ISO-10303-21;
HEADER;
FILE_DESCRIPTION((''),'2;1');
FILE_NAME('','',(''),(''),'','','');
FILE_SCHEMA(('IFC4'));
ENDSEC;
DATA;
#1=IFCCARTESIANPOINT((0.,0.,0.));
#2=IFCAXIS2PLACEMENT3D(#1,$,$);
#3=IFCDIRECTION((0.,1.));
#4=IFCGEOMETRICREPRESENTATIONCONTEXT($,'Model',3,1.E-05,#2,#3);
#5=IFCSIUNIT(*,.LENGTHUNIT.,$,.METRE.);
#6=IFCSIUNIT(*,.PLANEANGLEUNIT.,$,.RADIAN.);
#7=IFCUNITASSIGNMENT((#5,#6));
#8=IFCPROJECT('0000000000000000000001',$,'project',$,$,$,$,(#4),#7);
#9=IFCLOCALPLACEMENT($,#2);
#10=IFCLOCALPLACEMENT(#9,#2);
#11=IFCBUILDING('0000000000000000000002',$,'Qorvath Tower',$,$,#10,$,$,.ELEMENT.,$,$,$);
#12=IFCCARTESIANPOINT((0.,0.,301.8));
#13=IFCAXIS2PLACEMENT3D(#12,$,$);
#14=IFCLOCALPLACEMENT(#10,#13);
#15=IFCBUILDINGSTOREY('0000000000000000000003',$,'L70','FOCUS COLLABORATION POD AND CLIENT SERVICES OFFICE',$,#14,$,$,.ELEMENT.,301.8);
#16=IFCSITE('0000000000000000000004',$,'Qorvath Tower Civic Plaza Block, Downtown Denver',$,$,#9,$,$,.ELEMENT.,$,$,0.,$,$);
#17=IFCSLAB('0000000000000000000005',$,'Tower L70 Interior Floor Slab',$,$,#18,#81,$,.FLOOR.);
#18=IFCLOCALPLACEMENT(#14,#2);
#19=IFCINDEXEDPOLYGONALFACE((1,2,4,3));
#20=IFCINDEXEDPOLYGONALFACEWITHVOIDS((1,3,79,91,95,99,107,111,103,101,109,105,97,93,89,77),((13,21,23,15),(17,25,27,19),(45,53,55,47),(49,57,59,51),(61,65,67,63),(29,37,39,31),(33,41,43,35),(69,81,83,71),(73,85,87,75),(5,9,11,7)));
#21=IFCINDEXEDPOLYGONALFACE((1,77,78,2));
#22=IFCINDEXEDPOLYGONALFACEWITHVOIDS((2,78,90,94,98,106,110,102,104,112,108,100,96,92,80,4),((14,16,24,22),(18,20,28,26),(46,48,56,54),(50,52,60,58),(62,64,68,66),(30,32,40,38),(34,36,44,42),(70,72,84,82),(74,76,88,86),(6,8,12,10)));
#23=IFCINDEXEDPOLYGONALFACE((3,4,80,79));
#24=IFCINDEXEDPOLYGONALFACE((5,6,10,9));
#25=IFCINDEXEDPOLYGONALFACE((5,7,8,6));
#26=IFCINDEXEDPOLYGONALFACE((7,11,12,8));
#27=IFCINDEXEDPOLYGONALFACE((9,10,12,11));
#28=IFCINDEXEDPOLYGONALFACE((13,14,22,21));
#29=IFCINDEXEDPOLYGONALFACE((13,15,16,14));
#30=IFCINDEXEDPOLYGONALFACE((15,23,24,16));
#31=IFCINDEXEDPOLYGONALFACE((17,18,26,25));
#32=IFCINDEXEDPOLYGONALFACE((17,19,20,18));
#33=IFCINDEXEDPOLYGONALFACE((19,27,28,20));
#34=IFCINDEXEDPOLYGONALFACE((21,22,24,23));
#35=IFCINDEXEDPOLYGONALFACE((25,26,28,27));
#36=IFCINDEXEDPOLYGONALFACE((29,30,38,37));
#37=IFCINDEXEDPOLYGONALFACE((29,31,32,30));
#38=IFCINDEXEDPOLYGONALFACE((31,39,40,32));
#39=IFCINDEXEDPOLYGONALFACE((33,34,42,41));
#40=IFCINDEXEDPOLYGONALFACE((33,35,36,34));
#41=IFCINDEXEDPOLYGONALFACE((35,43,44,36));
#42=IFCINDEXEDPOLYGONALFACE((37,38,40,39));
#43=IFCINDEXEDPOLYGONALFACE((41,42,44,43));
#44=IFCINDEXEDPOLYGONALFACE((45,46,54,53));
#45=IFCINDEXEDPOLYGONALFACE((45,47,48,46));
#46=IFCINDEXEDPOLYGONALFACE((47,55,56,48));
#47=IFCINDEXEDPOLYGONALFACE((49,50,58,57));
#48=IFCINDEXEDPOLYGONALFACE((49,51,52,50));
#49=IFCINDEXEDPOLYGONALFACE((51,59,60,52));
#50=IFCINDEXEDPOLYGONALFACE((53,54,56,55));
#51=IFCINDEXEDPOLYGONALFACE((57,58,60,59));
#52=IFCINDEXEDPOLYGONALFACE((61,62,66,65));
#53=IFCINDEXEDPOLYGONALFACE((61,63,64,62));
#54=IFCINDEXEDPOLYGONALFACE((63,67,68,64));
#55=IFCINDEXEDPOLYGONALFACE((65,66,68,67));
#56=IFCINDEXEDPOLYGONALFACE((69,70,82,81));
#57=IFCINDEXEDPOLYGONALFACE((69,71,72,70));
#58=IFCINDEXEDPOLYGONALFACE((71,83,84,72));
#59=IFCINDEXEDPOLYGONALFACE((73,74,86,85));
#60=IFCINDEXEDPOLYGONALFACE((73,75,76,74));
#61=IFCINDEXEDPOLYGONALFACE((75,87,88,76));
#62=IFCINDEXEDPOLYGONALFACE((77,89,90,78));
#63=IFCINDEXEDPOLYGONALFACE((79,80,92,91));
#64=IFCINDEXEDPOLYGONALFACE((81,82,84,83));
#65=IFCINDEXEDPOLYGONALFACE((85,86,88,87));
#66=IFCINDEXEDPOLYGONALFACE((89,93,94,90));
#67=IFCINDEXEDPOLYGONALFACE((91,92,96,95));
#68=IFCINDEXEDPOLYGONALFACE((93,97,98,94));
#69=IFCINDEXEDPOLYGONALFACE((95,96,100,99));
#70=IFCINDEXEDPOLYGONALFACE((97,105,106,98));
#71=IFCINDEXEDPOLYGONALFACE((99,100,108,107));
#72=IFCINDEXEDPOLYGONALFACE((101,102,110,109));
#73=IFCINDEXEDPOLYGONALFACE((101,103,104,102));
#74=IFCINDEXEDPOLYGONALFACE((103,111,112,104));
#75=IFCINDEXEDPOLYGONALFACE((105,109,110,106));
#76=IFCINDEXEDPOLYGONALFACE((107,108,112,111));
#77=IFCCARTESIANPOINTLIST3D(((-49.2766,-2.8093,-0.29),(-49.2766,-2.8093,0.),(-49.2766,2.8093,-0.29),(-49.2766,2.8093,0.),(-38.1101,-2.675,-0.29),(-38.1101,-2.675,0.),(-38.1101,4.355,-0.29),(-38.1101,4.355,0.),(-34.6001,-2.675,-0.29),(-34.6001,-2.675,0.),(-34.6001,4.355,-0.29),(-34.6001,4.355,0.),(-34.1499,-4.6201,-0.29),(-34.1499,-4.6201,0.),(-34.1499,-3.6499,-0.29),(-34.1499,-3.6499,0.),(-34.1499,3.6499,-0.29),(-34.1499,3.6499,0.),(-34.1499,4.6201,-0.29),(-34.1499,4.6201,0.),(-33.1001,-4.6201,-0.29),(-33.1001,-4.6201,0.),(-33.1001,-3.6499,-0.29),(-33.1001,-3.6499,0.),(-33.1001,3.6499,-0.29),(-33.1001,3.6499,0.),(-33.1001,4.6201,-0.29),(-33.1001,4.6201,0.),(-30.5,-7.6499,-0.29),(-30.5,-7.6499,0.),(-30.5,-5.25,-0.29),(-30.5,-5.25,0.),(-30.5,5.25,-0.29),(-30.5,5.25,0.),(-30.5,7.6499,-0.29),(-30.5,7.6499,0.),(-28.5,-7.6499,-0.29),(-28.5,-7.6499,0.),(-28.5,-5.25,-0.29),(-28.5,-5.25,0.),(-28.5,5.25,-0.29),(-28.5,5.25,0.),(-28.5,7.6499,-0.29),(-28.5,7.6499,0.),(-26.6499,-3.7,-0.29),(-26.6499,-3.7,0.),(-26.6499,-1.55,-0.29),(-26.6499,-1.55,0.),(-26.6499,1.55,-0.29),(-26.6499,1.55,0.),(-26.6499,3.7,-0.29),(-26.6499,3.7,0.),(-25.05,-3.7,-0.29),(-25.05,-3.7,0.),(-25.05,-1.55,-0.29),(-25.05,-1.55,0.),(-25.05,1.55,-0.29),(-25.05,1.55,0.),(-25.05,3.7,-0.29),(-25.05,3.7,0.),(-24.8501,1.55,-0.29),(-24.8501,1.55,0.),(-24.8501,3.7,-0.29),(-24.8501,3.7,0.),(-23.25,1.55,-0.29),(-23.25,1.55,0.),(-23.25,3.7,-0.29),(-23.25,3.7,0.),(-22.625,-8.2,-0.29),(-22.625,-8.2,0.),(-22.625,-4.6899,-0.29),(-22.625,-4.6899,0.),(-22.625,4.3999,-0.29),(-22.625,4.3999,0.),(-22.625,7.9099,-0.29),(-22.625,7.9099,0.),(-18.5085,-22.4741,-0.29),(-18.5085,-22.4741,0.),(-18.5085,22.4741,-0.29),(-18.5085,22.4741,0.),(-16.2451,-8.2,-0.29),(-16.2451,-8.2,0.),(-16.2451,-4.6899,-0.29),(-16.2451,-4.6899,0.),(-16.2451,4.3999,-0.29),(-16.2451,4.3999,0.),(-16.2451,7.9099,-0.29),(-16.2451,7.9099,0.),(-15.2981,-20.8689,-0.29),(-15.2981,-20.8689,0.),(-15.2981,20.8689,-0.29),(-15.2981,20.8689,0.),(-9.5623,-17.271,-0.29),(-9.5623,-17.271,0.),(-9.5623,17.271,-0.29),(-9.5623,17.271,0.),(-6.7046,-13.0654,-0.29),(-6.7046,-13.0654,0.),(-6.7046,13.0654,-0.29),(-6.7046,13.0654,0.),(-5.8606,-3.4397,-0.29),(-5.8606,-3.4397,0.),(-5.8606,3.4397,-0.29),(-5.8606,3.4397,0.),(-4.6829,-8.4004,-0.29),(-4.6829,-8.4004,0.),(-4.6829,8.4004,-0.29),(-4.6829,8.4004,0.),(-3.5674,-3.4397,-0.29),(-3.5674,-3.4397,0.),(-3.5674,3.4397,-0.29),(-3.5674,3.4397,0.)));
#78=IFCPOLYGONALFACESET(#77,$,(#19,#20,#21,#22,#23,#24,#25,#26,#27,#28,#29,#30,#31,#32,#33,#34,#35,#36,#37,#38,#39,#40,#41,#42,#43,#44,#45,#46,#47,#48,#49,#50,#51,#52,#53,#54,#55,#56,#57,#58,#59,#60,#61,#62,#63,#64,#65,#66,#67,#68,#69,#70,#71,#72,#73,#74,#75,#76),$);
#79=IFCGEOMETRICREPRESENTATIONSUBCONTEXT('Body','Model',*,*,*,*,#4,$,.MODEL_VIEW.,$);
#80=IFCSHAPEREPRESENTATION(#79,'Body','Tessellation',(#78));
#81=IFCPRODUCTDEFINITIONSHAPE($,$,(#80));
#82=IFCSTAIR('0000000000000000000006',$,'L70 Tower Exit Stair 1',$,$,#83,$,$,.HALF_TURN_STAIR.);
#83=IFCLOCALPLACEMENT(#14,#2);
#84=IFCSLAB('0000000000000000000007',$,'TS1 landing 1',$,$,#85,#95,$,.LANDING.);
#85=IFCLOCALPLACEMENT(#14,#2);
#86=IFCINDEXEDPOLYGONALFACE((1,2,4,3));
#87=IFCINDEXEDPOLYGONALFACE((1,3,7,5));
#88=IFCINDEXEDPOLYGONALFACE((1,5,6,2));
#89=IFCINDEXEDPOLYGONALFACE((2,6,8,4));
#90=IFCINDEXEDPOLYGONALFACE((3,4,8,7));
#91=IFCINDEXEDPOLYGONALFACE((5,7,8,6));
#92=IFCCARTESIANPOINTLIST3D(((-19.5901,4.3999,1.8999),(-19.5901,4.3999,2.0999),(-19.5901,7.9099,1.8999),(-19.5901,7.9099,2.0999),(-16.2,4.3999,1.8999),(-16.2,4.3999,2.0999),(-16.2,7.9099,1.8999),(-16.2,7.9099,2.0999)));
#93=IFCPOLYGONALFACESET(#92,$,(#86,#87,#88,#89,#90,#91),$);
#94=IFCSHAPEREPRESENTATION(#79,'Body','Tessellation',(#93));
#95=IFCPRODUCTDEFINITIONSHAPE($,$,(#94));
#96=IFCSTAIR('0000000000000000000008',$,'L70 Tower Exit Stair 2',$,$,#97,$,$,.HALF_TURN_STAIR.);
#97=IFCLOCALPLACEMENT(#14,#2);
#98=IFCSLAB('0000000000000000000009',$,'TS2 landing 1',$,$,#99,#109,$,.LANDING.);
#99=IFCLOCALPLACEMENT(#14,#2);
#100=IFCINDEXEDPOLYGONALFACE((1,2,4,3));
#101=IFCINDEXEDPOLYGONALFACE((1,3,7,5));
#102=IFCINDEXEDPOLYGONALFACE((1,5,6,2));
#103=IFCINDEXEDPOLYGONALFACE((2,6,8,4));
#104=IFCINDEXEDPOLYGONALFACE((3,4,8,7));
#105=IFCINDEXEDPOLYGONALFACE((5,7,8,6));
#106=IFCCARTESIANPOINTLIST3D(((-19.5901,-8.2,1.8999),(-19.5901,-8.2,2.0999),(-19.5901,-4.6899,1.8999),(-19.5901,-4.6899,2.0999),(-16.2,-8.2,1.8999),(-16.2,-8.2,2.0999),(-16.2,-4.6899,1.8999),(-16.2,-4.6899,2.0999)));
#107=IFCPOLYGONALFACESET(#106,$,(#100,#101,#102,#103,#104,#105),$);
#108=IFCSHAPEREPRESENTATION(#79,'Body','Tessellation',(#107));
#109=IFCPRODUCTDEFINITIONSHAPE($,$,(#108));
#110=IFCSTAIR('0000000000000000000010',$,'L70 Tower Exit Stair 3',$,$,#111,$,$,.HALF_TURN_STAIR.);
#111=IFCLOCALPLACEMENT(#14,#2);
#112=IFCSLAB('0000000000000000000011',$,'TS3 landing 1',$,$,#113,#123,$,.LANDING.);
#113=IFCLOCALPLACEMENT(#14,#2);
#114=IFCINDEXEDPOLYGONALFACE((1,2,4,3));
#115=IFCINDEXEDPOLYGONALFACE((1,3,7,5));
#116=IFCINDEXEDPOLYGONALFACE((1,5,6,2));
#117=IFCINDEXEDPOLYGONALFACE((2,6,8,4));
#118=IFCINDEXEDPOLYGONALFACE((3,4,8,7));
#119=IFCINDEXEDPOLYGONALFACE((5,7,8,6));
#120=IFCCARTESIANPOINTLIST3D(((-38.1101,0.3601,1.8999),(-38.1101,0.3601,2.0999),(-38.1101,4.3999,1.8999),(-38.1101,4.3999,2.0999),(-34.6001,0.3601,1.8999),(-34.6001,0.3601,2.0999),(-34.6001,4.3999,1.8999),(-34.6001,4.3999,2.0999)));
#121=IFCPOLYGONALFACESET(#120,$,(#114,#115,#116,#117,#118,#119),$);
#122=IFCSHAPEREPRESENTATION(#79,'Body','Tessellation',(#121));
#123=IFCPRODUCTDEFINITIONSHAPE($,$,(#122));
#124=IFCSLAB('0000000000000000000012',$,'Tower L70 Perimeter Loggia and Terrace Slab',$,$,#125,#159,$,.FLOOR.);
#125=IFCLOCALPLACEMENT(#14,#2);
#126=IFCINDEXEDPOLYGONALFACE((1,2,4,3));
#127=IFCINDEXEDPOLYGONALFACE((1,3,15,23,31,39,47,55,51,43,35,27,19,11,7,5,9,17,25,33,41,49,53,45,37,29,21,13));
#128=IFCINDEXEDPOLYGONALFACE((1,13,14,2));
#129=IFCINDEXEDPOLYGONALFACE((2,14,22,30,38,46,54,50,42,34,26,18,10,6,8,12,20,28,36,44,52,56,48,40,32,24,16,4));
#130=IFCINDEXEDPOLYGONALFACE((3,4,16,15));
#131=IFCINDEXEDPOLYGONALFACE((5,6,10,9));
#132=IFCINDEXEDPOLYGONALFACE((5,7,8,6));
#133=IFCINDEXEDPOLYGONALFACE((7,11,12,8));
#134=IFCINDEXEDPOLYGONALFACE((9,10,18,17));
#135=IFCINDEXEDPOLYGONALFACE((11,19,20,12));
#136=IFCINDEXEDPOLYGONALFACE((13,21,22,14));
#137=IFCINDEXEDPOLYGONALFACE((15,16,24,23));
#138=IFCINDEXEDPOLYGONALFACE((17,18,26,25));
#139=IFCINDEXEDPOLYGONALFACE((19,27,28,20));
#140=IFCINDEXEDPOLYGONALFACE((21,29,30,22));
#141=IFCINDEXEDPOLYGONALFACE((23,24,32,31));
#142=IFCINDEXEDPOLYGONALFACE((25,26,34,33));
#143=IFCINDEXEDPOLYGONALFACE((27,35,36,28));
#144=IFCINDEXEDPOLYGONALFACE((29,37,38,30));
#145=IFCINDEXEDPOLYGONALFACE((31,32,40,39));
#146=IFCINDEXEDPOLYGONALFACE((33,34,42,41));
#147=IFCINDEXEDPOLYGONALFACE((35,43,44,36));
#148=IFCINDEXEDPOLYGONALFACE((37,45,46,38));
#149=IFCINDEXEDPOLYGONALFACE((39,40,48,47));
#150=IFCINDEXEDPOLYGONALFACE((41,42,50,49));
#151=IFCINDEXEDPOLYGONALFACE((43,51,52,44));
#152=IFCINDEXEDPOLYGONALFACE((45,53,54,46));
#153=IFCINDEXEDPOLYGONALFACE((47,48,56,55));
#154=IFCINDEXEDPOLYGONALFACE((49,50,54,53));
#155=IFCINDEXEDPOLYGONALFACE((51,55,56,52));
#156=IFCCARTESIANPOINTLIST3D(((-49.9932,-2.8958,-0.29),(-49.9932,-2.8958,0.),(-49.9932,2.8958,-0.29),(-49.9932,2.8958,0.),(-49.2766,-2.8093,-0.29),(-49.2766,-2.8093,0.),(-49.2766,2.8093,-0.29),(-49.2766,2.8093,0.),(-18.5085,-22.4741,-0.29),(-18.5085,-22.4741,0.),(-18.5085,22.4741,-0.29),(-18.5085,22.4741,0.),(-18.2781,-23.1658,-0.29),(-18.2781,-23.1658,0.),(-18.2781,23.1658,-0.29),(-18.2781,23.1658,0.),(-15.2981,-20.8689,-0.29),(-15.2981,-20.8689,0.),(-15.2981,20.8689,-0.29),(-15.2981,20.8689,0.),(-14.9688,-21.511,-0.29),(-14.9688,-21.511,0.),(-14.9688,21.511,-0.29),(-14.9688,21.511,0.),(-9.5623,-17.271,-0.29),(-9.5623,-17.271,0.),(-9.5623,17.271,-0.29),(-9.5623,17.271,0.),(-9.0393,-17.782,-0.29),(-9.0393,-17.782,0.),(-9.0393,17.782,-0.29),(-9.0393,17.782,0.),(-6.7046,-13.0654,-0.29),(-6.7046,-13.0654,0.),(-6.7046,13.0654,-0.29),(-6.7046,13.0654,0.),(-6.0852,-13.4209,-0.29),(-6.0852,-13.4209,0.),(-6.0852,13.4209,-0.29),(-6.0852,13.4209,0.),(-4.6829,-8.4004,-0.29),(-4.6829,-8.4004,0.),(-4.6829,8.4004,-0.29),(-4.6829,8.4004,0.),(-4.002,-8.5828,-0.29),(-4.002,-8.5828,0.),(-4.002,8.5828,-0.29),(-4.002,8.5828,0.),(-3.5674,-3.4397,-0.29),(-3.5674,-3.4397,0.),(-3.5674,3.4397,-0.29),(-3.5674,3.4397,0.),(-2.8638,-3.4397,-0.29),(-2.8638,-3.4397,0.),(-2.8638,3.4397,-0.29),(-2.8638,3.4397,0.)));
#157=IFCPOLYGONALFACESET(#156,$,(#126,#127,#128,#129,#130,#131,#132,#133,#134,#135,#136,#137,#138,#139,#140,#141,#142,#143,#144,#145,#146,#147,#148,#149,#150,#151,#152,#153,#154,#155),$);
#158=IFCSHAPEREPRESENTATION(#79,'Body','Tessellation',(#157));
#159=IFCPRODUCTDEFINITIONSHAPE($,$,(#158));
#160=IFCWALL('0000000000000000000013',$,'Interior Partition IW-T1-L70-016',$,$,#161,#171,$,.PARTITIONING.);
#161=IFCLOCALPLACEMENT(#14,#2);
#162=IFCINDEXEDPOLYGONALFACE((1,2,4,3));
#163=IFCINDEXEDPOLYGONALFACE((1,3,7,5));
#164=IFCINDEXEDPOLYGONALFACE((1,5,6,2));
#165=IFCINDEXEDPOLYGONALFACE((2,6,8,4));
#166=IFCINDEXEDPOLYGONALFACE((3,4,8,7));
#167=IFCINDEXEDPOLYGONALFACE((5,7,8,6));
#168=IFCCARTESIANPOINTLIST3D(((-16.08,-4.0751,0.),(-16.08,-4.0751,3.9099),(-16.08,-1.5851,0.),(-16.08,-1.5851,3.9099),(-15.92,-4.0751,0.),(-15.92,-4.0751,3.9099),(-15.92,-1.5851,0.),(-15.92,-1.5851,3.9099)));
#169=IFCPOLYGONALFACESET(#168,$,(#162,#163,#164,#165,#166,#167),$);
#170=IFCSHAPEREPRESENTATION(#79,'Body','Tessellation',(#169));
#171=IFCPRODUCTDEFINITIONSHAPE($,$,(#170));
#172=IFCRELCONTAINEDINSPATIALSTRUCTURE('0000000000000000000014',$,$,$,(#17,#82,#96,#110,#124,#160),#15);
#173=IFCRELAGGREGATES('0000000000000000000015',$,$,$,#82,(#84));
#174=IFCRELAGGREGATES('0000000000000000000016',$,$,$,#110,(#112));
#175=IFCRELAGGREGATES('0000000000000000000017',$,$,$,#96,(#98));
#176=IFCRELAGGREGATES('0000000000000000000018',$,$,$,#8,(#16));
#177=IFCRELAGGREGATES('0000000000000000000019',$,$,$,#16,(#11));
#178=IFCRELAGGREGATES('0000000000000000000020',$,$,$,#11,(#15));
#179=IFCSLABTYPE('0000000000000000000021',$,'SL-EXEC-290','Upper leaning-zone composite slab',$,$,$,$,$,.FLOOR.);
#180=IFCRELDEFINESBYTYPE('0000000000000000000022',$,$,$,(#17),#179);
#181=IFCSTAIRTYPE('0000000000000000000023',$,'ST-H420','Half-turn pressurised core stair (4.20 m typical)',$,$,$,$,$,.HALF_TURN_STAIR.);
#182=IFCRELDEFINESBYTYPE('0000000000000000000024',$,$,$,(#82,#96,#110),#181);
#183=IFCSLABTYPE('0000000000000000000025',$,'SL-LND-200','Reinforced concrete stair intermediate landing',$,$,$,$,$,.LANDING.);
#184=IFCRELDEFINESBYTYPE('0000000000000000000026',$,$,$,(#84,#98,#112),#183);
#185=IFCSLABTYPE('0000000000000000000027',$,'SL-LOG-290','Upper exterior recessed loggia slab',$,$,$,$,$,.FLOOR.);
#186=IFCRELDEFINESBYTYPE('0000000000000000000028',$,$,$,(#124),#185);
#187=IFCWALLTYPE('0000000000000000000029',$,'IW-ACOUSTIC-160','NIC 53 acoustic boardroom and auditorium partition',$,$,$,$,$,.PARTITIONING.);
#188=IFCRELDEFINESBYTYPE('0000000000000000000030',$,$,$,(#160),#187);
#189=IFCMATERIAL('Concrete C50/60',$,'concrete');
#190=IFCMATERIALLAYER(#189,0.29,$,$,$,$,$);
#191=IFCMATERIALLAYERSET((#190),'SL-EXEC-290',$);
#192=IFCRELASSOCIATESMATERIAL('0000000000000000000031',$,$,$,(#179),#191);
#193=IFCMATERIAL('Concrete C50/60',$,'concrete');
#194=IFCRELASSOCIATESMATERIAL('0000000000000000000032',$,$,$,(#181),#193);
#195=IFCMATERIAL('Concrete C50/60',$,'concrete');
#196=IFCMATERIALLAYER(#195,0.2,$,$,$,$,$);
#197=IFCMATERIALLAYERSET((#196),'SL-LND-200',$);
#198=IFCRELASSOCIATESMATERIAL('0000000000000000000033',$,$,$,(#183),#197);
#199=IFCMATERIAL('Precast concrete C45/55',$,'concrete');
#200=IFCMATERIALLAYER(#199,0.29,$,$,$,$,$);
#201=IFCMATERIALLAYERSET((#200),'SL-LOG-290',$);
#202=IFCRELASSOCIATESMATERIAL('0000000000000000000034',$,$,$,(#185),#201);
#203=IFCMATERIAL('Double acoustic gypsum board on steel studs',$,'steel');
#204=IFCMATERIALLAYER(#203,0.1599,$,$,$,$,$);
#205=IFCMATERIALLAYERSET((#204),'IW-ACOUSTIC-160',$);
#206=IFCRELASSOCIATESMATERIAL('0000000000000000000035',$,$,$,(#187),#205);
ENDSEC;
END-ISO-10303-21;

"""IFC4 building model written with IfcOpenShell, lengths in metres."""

from ifc_helpers import new_model, si_unit, direction, frame, frame_2d, origin, place, context, subcontext, project, spatial, polyline, rectangle, outline, extrude, material, layer, layer_set, type_object, element, aggregate, save


model = new_model("IFC4")

# Units and contexts
model_context = context("Model", 3, precision=1e-05, world=origin(), true_north=direction((0.0, 1.0)))
body_context = subcontext(model_context, "Body", "Model", "MODEL_VIEW")
ifc_project = project(units=[si_unit("LENGTHUNIT", "METRE"), si_unit("PLANEANGLEUNIT", "RADIAN")], contexts=[model_context])

# Site, building, storey
site_placement = place(None, origin())
site = spatial("IfcSite", under=ifc_project, at=site_placement, Name="Qorvath Tower Civic Plaza Block, Downtown Denver", CompositionType="ELEMENT", RefElevation=0.0)
building_placement = place(site_placement, origin())
building = spatial("IfcBuilding", under=site, at=building_placement, Name="Qorvath Tower", CompositionType="ELEMENT")
storey_placement = place(building_placement, frame((0.0, 0.0, 301.8)))
storey = spatial("IfcBuildingStorey", under=building, at=storey_placement, Name="L70", Description="FOCUS COLLABORATION POD AND CLIENT SERVICES OFFICE", CompositionType="ELEMENT", Elevation=301.8)

# Slab
ifc_material_1 = material(Name="Concrete C50/60", Category="concrete")
ifc_layer_1 = layer(ifc_material_1, 0.29)
ifc_layer_set_1 = layer_set([ifc_layer_1], Name="SL-EXEC-290")
slab_type_1 = type_object("IfcSlabType", Name="SL-EXEC-290", Description="Upper leaning-zone composite slab", PredefinedType="FLOOR", material=ifc_layer_set_1)
slab_1_placement = place(storey_placement, frame((0.0, 0.0, -0.29)))
element("IfcSlab", 1, at=slab_1_placement, inside=storey, type_object=slab_type_1, Name="Tower L70 Interior Floor Slab", PredefinedType="FLOOR", context=body_context, shape_type="SweptSolid", body=[
    extrude(outline(polyline([(-49.2766, 2.8093), (-49.2766, -2.8093), (-18.5085, -22.4741), (-15.2981, -20.8689), (-9.5623, -17.271), (-6.7046, -13.0654), (-4.6829, -8.4004), (-3.5674, -3.4397), (-5.8606, -3.4397), (-5.8606, 3.4397), (-3.5674, 3.4397), (-4.6829, 8.4004), (-6.7046, 13.0654), (-9.5623, 17.271), (-15.2981, 20.8689), (-18.5085, 22.4741), (-49.2766, 2.8093)]), holes=[polyline([(-16.2451, -8.2), (-22.625, -8.2), (-22.625, -4.6899), (-16.2451, -4.6899), (-16.2451, -8.2)]), polyline([(-22.625, 4.3999), (-22.625, 7.9099), (-16.2451, 7.9099), (-16.2451, 4.3999), (-22.625, 4.3999)]), polyline([(-23.25, 1.55), (-24.8501, 1.55), (-24.8501, 3.7), (-23.25, 3.7), (-23.25, 1.55)]), polyline([(-26.6499, -3.7), (-26.6499, -1.55), (-25.05, -1.55), (-25.05, -3.7), (-26.6499, -3.7)]), polyline([(-25.05, 1.55), (-26.6499, 1.55), (-26.6499, 3.7), (-25.05, 3.7), (-25.05, 1.55)]), polyline([(-28.5, -7.6499), (-30.5, -7.6499), (-30.5, -5.25), (-28.5, -5.25), (-28.5, -7.6499)]), polyline([(-30.5, 5.25), (-30.5, 7.6499), (-28.5, 7.6499), (-28.5, 5.25), (-30.5, 5.25)]), polyline([(-33.1001, -4.6201), (-34.1499, -4.6201), (-34.1499, -3.6499), (-33.1001, -3.6499), (-33.1001, -4.6201)]), polyline([(-33.1001, 3.6499), (-34.1499, 3.6499), (-34.1499, 4.6201), (-33.1001, 4.6201), (-33.1001, 3.6499)]), polyline([(-34.6001, -2.675), (-38.1101, -2.675), (-38.1101, 4.355), (-34.6001, 4.355), (-34.6001, -2.675)])]), origin(), (0.0, 0.0, 1.0), 0.29),
])

# Stairs, slabs
ifc_material_2 = material(Name="Concrete C50/60", Category="concrete")
stair_type = type_object("IfcStairType", Name="ST-H420", Description="Half-turn pressurised core stair (4.20 m typical)", PredefinedType="HALF_TURN_STAIR", material=ifc_material_2)
stair_1_placement = place(storey_placement, origin())
stair_1 = element("IfcStair", 2, at=stair_1_placement, inside=storey, type_object=stair_type, Name="L70 Tower Exit Stair 1", PredefinedType="HALF_TURN_STAIR")
ifc_material_3 = material(Name="Concrete C50/60", Category="concrete")
ifc_layer_2 = layer(ifc_material_3, 0.2)
ifc_layer_set_2 = layer_set([ifc_layer_2], Name="SL-LND-200")
slab_type_2 = type_object("IfcSlabType", Name="SL-LND-200", Description="Reinforced concrete stair intermediate landing", PredefinedType="LANDING", material=ifc_layer_set_2)
slab_2_placement = place(storey_placement, frame((0.0, 0.0, 1.8999)))
slab_2 = element("IfcSlab", 3, at=slab_2_placement, type_object=slab_type_2, Name="TS1 landing 1", PredefinedType="LANDING", context=body_context, shape_type="SweptSolid", body=[
    extrude(outline(polyline([(-19.5901, 4.3999), (-16.2, 4.3999), (-16.2, 7.9099), (-19.5901, 7.9099), (-19.5901, 4.3999)])), origin(), (0.0, 0.0, 1.0), 0.2),
])
aggregate(stair_1, [slab_2])
stair_2_placement = place(storey_placement, origin())
stair_2 = element("IfcStair", 4, at=stair_2_placement, inside=storey, type_object=stair_type, Name="L70 Tower Exit Stair 2", PredefinedType="HALF_TURN_STAIR")
slab_3_placement = place(storey_placement, frame((0.0, 0.0, 1.8999)))
slab_3 = element("IfcSlab", 5, at=slab_3_placement, type_object=slab_type_2, Name="TS2 landing 1", PredefinedType="LANDING", context=body_context, shape_type="SweptSolid", body=[
    extrude(outline(polyline([(-19.5901, -8.2), (-16.2, -8.2), (-16.2, -4.6899), (-19.5901, -4.6899), (-19.5901, -8.2)])), origin(), (0.0, 0.0, 1.0), 0.2),
])
stair_3_placement = place(storey_placement, origin())
stair_3 = element("IfcStair", 6, at=stair_3_placement, inside=storey, type_object=stair_type, Name="L70 Tower Exit Stair 3", PredefinedType="HALF_TURN_STAIR")
slab_4_placement = place(storey_placement, frame((0.0, 0.0, 1.8999)))
slab_4 = element("IfcSlab", 7, at=slab_4_placement, type_object=slab_type_2, Name="TS3 landing 1", PredefinedType="LANDING", context=body_context, shape_type="SweptSolid", body=[
    extrude(outline(polyline([(-34.6001, 0.3601), (-34.6001, 4.3999), (-38.1101, 4.3999), (-38.1101, 0.3601), (-34.6001, 0.3601)])), origin(), (0.0, 0.0, 1.0), 0.2),
])
aggregate(stair_3, [slab_4])

# Slab
ifc_material_4 = material(Name="Precast concrete C45/55", Category="concrete")
ifc_layer_3 = layer(ifc_material_4, 0.29)
ifc_layer_set_3 = layer_set([ifc_layer_3], Name="SL-LOG-290")
slab_type_3 = type_object("IfcSlabType", Name="SL-LOG-290", Description="Upper exterior recessed loggia slab", PredefinedType="FLOOR", material=ifc_layer_set_3)
slab_5_placement = place(storey_placement, frame((0.0, 0.0, -0.29)))
element("IfcSlab", 8, at=slab_5_placement, inside=storey, type_object=slab_type_3, Name="Tower L70 Perimeter Loggia and Terrace Slab", PredefinedType="FLOOR", context=body_context, shape_type="SweptSolid", body=[
    extrude(outline(polyline([(-3.5674, -3.4397), (-4.6829, -8.4004), (-6.7046, -13.0654), (-9.5623, -17.271), (-15.2981, -20.8689), (-18.5085, -22.4741), (-49.2766, -2.8093), (-49.2766, 2.8093), (-18.5085, 22.4741), (-15.2981, 20.8689), (-9.5623, 17.271), (-6.7046, 13.0654), (-4.6829, 8.4004), (-3.5674, 3.4397), (-2.8638, 3.4397), (-4.002, 8.5828), (-6.0852, 13.4209), (-9.0393, 17.782), (-14.9688, 21.511), (-18.2781, 23.1658), (-49.9932, 2.8958), (-49.9932, -2.8958), (-18.2781, -23.1658), (-14.9688, -21.511), (-9.0393, -17.782), (-6.0852, -13.4209), (-4.002, -8.5828), (-2.8638, -3.4397), (-3.5674, -3.4397)])), origin(), (0.0, 0.0, 1.0), 0.29),
])

# Wall
ifc_material_5 = material(Name="Double acoustic gypsum board on steel studs", Category="steel")
ifc_layer_4 = layer(ifc_material_5, 0.1599)
ifc_layer_set_4 = layer_set([ifc_layer_4], Name="IW-ACOUSTIC-160")
wall_type_1 = type_object("IfcWallType", Name="IW-ACOUSTIC-160", Description="NIC 53 acoustic boardroom and auditorium partition", PredefinedType="PARTITIONING", material=ifc_layer_set_4)
wall_1_placement = place(storey_placement, frame((-16.0, -4.0752, 0.0), z_axis=(0.0, 0.0, 1.0), x_axis=(0.0, 1.0, 0.0)))
element("IfcWall", 9, at=wall_1_placement, inside=storey, type_object=wall_type_1, Name="Interior Partition IW-T1-L70-016", PredefinedType="PARTITIONING", context=body_context, shape_type="SweptSolid", body=[
    extrude(rectangle(XDim=2.49, YDim=0.1599, at=frame_2d((1.2451, 0.0))), origin(), (0.0, 0.0, 1.0), 3.9099),
])

aggregate(stair_2, [slab_3])

save(model, "model.ifc")
